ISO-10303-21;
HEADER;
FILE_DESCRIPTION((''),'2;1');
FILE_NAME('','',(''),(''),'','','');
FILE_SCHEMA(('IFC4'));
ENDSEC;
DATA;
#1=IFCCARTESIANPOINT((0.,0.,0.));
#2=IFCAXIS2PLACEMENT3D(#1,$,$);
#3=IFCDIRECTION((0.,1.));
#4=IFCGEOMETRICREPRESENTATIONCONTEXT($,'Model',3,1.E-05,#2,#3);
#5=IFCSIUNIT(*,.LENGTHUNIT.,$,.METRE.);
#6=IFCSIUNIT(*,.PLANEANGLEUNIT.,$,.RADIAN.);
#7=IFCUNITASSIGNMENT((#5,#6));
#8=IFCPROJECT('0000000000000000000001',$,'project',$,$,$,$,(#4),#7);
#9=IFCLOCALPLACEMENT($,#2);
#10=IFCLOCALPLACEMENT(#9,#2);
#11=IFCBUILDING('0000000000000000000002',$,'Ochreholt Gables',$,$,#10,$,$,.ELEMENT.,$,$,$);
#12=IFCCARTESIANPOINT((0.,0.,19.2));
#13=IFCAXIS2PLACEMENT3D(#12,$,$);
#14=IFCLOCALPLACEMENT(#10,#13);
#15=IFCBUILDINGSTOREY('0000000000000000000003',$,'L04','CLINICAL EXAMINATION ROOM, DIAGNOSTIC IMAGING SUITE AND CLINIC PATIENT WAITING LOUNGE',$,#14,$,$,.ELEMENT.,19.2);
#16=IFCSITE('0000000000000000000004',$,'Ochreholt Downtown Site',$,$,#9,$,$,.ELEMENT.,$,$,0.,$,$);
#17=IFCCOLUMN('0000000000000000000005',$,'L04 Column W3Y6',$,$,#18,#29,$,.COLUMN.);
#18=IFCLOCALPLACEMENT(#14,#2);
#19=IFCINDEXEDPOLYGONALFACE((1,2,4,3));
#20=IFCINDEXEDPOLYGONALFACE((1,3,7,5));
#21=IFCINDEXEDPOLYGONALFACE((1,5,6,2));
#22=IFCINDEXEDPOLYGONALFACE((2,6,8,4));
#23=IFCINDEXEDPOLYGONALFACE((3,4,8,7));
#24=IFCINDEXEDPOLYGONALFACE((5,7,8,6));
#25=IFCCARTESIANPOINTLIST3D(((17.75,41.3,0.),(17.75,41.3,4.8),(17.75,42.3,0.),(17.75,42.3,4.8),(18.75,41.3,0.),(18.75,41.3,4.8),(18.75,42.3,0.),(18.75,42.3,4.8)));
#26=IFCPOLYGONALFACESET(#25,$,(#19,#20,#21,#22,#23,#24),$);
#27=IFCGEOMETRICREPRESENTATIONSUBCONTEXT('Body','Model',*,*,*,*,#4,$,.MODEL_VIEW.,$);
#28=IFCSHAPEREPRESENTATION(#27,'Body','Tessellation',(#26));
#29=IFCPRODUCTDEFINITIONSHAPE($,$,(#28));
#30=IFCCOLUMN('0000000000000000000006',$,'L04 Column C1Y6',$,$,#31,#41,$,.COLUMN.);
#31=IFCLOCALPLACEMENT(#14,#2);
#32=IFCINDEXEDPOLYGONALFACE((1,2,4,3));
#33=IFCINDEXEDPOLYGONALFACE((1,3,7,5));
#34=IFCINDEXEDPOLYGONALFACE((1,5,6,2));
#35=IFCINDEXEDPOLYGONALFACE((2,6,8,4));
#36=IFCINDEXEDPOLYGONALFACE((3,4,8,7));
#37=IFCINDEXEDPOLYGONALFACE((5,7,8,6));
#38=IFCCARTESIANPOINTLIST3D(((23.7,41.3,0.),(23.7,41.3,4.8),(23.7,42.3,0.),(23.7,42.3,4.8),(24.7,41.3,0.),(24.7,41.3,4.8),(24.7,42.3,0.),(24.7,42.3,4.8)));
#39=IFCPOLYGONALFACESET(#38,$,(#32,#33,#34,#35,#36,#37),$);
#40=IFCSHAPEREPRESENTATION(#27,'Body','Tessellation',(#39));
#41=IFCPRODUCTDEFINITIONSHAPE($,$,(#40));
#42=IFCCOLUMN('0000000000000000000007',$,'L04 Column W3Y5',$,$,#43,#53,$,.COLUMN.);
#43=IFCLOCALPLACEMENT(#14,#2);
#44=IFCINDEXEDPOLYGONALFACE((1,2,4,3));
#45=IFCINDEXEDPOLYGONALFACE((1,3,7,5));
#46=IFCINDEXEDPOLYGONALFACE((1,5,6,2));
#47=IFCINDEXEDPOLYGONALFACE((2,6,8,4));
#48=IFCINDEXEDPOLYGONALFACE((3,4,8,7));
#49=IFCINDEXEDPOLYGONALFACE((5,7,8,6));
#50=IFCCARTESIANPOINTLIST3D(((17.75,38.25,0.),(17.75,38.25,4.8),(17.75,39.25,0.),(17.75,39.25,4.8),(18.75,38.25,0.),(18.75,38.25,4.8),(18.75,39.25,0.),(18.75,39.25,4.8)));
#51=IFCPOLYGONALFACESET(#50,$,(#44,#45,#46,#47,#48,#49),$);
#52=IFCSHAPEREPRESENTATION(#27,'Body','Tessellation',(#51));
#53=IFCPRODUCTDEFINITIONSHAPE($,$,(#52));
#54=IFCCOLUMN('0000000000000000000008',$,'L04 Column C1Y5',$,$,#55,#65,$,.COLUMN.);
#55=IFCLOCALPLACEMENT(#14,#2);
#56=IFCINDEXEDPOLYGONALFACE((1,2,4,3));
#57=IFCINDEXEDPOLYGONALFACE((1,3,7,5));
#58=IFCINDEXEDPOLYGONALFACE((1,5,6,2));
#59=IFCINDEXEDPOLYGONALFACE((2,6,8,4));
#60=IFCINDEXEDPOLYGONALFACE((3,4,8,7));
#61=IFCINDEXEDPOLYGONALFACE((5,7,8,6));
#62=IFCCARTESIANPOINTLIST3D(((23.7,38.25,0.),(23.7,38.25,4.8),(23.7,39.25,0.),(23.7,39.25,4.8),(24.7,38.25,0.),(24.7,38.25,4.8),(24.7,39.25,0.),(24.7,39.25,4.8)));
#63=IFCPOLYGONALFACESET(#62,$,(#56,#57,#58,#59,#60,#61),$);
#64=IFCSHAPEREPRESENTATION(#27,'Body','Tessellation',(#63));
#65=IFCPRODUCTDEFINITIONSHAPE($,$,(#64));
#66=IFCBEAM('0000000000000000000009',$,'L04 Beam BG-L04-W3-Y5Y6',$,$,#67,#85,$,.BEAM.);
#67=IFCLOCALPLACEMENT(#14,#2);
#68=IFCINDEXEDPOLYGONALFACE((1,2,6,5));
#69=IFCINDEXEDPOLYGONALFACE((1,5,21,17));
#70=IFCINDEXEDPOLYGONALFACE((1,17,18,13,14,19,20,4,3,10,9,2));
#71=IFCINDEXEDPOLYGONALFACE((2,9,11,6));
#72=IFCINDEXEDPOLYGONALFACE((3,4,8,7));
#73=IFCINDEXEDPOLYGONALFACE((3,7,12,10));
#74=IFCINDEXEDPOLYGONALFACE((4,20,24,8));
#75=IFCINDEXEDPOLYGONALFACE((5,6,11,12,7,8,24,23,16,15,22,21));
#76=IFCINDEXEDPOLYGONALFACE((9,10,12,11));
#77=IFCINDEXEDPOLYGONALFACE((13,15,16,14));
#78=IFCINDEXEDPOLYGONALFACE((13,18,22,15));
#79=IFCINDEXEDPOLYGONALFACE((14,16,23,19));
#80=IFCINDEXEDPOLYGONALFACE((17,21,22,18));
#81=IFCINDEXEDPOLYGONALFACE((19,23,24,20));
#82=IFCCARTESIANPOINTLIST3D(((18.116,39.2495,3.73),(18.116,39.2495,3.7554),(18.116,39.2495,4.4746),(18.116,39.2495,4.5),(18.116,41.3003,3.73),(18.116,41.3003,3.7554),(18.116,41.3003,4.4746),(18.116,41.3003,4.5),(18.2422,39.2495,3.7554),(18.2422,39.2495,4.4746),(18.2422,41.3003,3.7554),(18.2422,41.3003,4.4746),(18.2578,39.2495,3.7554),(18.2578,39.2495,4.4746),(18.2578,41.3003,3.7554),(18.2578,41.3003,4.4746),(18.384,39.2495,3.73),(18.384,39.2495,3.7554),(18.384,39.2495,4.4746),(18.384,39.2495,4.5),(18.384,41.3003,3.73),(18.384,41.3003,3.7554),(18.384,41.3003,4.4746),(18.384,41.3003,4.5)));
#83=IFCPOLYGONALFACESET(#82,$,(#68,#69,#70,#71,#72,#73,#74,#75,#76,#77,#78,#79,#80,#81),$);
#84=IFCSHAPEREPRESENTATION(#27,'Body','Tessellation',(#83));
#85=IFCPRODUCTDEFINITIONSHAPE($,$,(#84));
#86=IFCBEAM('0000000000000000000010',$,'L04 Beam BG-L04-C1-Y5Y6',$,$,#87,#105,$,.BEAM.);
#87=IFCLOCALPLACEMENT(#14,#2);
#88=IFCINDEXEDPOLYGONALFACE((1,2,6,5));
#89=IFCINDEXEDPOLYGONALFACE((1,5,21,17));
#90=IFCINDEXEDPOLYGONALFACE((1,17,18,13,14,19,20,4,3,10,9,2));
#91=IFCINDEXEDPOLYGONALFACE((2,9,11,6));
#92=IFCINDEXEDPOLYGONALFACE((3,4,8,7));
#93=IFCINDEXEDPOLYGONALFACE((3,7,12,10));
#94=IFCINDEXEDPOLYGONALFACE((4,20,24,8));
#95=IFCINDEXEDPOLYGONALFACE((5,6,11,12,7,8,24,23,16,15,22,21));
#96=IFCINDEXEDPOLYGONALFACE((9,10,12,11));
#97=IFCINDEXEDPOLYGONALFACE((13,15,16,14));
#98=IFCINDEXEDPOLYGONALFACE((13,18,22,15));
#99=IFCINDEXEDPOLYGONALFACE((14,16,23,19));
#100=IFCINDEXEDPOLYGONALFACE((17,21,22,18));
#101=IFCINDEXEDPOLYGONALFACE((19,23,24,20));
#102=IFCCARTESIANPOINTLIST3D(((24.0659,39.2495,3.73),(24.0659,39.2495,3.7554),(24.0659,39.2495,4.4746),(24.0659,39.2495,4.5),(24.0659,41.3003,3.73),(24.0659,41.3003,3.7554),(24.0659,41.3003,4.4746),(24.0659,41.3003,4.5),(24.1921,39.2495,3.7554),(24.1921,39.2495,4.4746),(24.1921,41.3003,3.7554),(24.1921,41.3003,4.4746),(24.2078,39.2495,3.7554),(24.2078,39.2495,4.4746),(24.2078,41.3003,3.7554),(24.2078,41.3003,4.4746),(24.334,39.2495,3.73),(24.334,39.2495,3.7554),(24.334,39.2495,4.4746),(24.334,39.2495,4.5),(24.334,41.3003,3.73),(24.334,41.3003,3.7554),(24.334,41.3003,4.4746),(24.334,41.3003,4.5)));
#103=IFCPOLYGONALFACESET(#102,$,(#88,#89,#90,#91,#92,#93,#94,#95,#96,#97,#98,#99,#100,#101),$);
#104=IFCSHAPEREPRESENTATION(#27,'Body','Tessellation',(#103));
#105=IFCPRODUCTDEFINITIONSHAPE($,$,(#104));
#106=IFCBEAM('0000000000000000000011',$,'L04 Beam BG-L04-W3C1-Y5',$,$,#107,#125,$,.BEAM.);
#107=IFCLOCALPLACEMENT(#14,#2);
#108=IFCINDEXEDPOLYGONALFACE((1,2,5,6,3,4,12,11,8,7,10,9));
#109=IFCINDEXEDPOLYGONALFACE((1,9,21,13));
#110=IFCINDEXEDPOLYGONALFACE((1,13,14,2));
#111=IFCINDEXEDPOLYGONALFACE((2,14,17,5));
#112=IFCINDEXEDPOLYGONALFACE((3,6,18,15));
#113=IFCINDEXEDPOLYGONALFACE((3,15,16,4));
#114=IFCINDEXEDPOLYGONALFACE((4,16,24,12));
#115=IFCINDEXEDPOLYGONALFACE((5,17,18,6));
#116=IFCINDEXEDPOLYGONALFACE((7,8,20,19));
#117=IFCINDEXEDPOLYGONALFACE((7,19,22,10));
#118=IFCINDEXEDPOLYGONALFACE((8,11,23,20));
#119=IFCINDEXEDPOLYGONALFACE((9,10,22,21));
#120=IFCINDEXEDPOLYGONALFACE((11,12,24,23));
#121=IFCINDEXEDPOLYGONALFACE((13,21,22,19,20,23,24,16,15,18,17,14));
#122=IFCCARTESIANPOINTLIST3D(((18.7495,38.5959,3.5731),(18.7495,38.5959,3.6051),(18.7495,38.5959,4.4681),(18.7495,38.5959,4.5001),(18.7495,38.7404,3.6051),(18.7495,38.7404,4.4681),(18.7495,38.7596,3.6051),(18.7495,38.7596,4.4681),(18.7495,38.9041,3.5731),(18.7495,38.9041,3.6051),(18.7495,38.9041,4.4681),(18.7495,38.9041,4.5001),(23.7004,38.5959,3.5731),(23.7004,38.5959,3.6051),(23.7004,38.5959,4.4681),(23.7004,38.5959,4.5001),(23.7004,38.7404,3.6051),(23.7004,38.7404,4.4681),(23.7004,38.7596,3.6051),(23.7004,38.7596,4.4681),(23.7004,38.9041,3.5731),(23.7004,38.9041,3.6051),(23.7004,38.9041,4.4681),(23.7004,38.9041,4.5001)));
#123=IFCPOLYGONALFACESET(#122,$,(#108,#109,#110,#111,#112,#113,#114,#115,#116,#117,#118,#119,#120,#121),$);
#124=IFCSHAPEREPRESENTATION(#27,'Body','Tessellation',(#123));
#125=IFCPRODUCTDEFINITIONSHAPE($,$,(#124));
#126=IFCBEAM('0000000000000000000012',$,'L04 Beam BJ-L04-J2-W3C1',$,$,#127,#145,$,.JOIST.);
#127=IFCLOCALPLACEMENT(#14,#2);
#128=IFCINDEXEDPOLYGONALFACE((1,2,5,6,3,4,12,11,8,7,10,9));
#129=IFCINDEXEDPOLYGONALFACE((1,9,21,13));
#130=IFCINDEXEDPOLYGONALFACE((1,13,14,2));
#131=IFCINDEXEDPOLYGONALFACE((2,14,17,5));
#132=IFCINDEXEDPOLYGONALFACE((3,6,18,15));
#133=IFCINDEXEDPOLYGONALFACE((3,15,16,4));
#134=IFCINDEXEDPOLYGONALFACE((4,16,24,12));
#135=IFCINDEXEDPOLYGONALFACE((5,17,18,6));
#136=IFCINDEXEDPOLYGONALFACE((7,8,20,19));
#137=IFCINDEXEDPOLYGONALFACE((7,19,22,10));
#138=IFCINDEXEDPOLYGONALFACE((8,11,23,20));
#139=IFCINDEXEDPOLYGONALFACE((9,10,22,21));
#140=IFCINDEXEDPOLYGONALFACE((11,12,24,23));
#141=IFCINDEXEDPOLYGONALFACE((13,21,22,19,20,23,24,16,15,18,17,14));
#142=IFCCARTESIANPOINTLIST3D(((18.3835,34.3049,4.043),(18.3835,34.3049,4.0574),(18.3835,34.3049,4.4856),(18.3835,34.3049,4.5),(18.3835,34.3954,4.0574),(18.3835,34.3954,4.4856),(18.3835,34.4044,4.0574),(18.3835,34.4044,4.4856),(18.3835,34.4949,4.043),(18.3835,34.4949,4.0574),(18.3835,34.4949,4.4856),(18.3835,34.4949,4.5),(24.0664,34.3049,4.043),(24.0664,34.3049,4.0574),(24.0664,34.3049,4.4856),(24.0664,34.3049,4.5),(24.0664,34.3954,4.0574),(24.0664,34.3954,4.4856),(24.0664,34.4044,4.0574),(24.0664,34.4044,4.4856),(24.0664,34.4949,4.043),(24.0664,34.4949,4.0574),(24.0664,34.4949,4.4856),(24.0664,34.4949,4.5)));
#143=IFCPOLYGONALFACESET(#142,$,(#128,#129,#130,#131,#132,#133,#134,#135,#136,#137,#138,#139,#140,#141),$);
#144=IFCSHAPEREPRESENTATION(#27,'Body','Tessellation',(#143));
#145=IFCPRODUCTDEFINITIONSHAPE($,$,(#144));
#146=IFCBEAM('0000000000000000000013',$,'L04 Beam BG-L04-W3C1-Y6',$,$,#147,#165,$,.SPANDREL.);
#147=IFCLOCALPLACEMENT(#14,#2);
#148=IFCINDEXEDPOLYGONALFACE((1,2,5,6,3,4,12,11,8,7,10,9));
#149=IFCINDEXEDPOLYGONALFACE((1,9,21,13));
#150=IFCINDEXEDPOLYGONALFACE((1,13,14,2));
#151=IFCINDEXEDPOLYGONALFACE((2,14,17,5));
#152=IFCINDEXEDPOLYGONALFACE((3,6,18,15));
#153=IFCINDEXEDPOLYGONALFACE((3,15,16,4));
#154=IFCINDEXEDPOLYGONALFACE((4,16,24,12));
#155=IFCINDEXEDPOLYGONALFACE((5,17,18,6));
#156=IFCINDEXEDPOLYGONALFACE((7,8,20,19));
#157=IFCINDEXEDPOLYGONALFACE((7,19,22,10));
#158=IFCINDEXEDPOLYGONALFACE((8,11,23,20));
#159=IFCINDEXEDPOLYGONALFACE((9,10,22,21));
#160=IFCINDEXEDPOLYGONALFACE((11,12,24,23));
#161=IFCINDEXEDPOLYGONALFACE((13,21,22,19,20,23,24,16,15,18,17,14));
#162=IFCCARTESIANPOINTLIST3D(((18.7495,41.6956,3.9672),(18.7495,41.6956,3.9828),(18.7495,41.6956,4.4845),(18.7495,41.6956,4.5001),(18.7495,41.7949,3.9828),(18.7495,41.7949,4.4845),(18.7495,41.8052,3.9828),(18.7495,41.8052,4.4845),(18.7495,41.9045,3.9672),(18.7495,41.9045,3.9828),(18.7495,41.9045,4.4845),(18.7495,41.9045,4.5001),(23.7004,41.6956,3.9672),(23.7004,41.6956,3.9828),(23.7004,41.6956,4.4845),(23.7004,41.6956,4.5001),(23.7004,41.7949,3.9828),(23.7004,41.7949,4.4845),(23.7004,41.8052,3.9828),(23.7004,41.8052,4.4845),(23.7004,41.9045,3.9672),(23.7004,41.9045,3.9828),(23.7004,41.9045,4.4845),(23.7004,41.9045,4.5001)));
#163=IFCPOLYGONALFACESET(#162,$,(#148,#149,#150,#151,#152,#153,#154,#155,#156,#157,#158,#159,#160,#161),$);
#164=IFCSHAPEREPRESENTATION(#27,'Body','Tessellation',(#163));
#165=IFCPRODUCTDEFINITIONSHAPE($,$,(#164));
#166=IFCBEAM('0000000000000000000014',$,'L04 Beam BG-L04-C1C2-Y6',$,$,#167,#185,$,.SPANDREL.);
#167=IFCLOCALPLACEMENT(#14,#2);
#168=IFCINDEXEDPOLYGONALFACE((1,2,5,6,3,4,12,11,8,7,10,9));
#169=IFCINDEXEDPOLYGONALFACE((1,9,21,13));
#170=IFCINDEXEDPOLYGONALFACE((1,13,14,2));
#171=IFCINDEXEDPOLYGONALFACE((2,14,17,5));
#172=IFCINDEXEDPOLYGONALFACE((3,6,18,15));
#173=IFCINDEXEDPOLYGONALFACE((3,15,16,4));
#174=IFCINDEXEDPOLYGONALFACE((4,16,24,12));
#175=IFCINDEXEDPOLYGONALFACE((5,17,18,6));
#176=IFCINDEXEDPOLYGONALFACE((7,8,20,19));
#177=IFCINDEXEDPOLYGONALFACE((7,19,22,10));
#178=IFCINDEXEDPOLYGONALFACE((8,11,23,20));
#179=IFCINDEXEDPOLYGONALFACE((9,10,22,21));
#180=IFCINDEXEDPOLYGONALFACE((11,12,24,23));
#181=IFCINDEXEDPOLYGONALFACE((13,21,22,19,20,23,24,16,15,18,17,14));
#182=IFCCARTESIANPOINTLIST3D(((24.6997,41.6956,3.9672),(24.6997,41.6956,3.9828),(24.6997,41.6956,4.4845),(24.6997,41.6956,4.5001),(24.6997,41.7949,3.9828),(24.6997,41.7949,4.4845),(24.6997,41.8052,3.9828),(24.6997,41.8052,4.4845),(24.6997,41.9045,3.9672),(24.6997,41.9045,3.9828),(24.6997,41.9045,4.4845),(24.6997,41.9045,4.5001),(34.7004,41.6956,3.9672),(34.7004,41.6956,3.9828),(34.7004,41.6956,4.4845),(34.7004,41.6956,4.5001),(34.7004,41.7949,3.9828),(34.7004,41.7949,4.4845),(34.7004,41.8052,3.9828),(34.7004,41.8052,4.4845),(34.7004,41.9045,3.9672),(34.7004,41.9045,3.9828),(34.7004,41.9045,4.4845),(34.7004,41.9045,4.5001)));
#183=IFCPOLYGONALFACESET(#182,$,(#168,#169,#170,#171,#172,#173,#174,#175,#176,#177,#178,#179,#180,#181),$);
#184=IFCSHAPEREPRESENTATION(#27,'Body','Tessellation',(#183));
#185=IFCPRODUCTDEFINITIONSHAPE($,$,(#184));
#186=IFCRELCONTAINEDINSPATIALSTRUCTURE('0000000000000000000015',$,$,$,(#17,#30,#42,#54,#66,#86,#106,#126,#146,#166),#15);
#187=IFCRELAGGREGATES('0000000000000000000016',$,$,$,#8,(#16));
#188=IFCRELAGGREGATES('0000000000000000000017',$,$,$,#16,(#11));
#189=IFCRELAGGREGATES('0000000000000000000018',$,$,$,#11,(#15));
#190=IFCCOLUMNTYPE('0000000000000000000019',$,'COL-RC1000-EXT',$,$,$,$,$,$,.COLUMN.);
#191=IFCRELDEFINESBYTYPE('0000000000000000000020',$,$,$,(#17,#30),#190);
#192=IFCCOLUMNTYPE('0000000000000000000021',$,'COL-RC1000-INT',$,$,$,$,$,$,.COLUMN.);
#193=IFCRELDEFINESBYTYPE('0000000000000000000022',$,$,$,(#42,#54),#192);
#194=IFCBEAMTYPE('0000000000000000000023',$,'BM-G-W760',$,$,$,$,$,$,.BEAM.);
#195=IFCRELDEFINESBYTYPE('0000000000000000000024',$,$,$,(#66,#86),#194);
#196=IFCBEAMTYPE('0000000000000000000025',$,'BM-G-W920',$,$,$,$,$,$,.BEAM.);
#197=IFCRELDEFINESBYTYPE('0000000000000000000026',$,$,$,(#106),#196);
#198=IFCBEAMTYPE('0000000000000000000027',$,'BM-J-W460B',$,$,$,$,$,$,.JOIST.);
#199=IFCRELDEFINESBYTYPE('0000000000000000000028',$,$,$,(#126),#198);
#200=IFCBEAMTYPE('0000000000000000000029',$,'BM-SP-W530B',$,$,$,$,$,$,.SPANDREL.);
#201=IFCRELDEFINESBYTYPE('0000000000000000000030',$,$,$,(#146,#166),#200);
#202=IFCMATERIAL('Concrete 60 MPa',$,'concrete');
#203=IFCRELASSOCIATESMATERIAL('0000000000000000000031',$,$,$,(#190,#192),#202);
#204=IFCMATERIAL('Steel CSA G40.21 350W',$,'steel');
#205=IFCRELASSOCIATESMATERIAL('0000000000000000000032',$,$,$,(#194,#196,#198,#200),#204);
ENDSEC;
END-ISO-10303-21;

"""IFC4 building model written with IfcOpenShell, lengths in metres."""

from ifc_helpers import new_model, si_unit, direction, frame, origin, origin_2d, place, context, subcontext, project, spatial, rectangle, i_section, extrude, material, material_profile, profile_set, type_object, element, save


model = new_model("IFC4")

# Units and contexts
model_context = context("Model", 3, precision=1e-05, world=origin(), true_north=direction((0.0, 1.0)))
body_context = subcontext(model_context, "Body", "Model", "MODEL_VIEW")
ifc_project = project(units=[si_unit("LENGTHUNIT", "METRE"), si_unit("PLANEANGLEUNIT", "RADIAN")], contexts=[model_context])

# Site, building, storey
site_placement = place(None, origin())
site = spatial("IfcSite", under=ifc_project, at=site_placement, Name="Ochreholt Downtown Site", CompositionType="ELEMENT", RefElevation=0.0)
building_placement = place(site_placement, origin())
building = spatial("IfcBuilding", under=site, at=building_placement, Name="Ochreholt Gables", CompositionType="ELEMENT")
storey_placement = place(building_placement, frame((0.0, 0.0, 19.2)))
storey = spatial("IfcBuildingStorey", under=building, at=storey_placement, Name="L04", Description="CLINICAL EXAMINATION ROOM, DIAGNOSTIC IMAGING SUITE AND CLINIC PATIENT WAITING LOUNGE", CompositionType="ELEMENT", Elevation=19.2)

# Columns
ifc_material_1 = material(Name="Concrete 60 MPa", Category="concrete")
ifc_material_profile_1 = material_profile(ifc_material_1, rectangle(XDim=1.0, YDim=1.0, at=origin_2d()), Name="RC1000X1000")
ifc_profile_set_1 = profile_set([ifc_material_profile_1], Name="Concrete 60 MPa")
column_type_1 = type_object("IfcColumnType", Name="COL-RC1000-EXT", PredefinedType="COLUMN", material=ifc_profile_set_1)
for number, where, z_axis, x_axis, name in (
    (1, (18.25, 41.8, 0.0), (0.0, 0.0, 1.0), (1.0, 0.0, 0.0), "L04 Column W3Y6"),
    (2, (24.2, 41.8, 0.0), (0.0, 0.0, 1.0), (1.0, 0.0, 0.0), "L04 Column C1Y6"),
):
    element("IfcColumn", number, at=place(storey_placement, frame(where, z_axis=z_axis, x_axis=x_axis)), inside=storey, type_object=column_type_1, Name=name, PredefinedType="COLUMN", context=body_context, shape_type="SweptSolid", body=[
        extrude(rectangle(XDim=1.0, YDim=1.0, at=origin_2d()), origin(), (0.0, 0.0, 1.0), 4.8),
    ])
ifc_material_profile_2 = material_profile(ifc_material_1, rectangle(XDim=1.0, YDim=1.0, at=origin_2d()), Name="RC1000X1000")
ifc_profile_set_2 = profile_set([ifc_material_profile_2], Name="Concrete 60 MPa")
column_type_2 = type_object("IfcColumnType", Name="COL-RC1000-INT", PredefinedType="COLUMN", material=ifc_profile_set_2)
for number, where, z_axis, x_axis, name in (
    (3, (18.25, 38.75, 0.0), (0.0, 0.0, 1.0), (1.0, 0.0, 0.0), "L04 Column W3Y5"),
    (4, (24.2, 38.75, 0.0), (0.0, 0.0, 1.0), (1.0, 0.0, 0.0), "L04 Column C1Y5"),
):
    element("IfcColumn", number, at=place(storey_placement, frame(where, z_axis=z_axis, x_axis=x_axis)), inside=storey, type_object=column_type_2, Name=name, PredefinedType="COLUMN", context=body_context, shape_type="SweptSolid", body=[
        extrude(rectangle(XDim=1.0, YDim=1.0, at=origin_2d()), origin(), (0.0, 0.0, 1.0), 4.8),
    ])

# Beams
ifc_material_2 = material(Name="Steel CSA G40.21 350W", Category="steel")
ifc_material_profile_3 = material_profile(ifc_material_2, i_section(OverallWidth=0.2681, OverallDepth=0.77, WebThickness=0.0156, FlangeThickness=0.0254, at=origin_2d()), Name="W760X196")
ifc_profile_set_3 = profile_set([ifc_material_profile_3], Name="Steel CSA G40.21 350W")
beam_type_1 = type_object("IfcBeamType", Name="BM-G-W760", PredefinedType="BEAM", material=ifc_profile_set_3)
for number, where, z_axis, x_axis, name in (
    (5, (18.25, 39.2495, 4.115), (0.0, 1.0, 0.0), (-1.0, 0.0, 0.0), "L04 Beam BG-L04-W3-Y5Y6"),
    (6, (24.2, 39.2495, 4.115), (0.0, 1.0, 0.0), (-1.0, 0.0, 0.0), "L04 Beam BG-L04-C1-Y5Y6"),
):
    element("IfcBeam", number, at=place(storey_placement, frame(where, z_axis=z_axis, x_axis=x_axis)), inside=storey, type_object=beam_type_1, Name=name, PredefinedType="BEAM", context=body_context, shape_type="SweptSolid", body=[
        extrude(i_section(OverallWidth=0.2681, OverallDepth=0.77, WebThickness=0.0156, FlangeThickness=0.0254, at=origin_2d()), origin(), (0.0, 0.0, 1.0), 2.0508),
    ])
ifc_material_profile_4 = material_profile(ifc_material_2, i_section(OverallWidth=0.3081, OverallDepth=0.927, WebThickness=0.0193, FlangeThickness=0.032, at=origin_2d()), Name="W920X289")
ifc_profile_set_4 = profile_set([ifc_material_profile_4], Name="Steel CSA G40.21 350W")
beam_type_2 = type_object("IfcBeamType", Name="BM-G-W920", PredefinedType="BEAM", material=ifc_profile_set_4)
beam_1_placement = place(storey_placement, frame((18.7495, 38.75, 4.0366), z_axis=(1.0, 0.0, 0.0), x_axis=(0.0, 1.0, 0.0)))
element("IfcBeam", 7, at=beam_1_placement, inside=storey, type_object=beam_type_2, Name="L04 Beam BG-L04-W3C1-Y5", PredefinedType="BEAM", context=body_context, shape_type="SweptSolid", body=[
    extrude(i_section(OverallWidth=0.3081, OverallDepth=0.927, WebThickness=0.0193, FlangeThickness=0.032, at=origin_2d()), origin(), (0.0, 0.0, 1.0), 4.9509),
])
ifc_material_profile_5 = material_profile(ifc_material_2, i_section(OverallWidth=0.1899, OverallDepth=0.457, WebThickness=0.009, FlangeThickness=0.0144, at=origin_2d()), Name="W460X74")
ifc_profile_set_5 = profile_set([ifc_material_profile_5], Name="Steel CSA G40.21 350W")
beam_type_3 = type_object("IfcBeamType", Name="BM-J-W460B", PredefinedType="JOIST", material=ifc_profile_set_5)
beam_2_placement = place(storey_placement, frame((18.3835, 34.3999, 4.2715), z_axis=(1.0, 0.0, 0.0), x_axis=(0.0, 1.0, 0.0)))
element("IfcBeam", 8, at=beam_2_placement, inside=storey, type_object=beam_type_3, Name="L04 Beam BJ-L04-J2-W3C1", PredefinedType="JOIST", context=body_context, shape_type="SweptSolid", body=[
    extrude(i_section(OverallWidth=0.1899, OverallDepth=0.457, WebThickness=0.009, FlangeThickness=0.0144, at=origin_2d()), origin(), (0.0, 0.0, 1.0), 5.6829),
])
ifc_material_profile_6 = material_profile(ifc_material_2, i_section(OverallWidth=0.209, OverallDepth=0.533, WebThickness=0.0103, FlangeThickness=0.0156, at=origin_2d()), Name="W530X92")
ifc_profile_set_6 = profile_set([ifc_material_profile_6], Name="Steel CSA G40.21 350W")
beam_type_4 = type_object("IfcBeamType", Name="BM-SP-W530B", PredefinedType="SPANDREL", material=ifc_profile_set_6)
beam_3_placement = place(storey_placement, frame((18.7495, 41.8, 4.2336), z_axis=(1.0, 0.0, 0.0), x_axis=(0.0, 1.0, 0.0)))
element("IfcBeam", 9, at=beam_3_placement, inside=storey, type_object=beam_type_4, Name="L04 Beam BG-L04-W3C1-Y6", PredefinedType="SPANDREL", context=body_context, shape_type="SweptSolid", body=[
    extrude(i_section(OverallWidth=0.209, OverallDepth=0.533, WebThickness=0.0103, FlangeThickness=0.0156, at=origin_2d()), origin(), (0.0, 0.0, 1.0), 4.9509),
])
beam_4_placement = place(storey_placement, frame((24.6997, 41.8, 4.2336), z_axis=(1.0, 0.0, 0.0), x_axis=(0.0, 1.0, 0.0)))
element("IfcBeam", 10, at=beam_4_placement, inside=storey, type_object=beam_type_4, Name="L04 Beam BG-L04-C1C2-Y6", PredefinedType="SPANDREL", context=body_context, shape_type="SweptSolid", body=[
    extrude(i_section(OverallWidth=0.209, OverallDepth=0.533, WebThickness=0.0103, FlangeThickness=0.0156, at=origin_2d()), origin(), (0.0, 0.0, 1.0), 10.0007),
])

save(model, "model.ifc")
